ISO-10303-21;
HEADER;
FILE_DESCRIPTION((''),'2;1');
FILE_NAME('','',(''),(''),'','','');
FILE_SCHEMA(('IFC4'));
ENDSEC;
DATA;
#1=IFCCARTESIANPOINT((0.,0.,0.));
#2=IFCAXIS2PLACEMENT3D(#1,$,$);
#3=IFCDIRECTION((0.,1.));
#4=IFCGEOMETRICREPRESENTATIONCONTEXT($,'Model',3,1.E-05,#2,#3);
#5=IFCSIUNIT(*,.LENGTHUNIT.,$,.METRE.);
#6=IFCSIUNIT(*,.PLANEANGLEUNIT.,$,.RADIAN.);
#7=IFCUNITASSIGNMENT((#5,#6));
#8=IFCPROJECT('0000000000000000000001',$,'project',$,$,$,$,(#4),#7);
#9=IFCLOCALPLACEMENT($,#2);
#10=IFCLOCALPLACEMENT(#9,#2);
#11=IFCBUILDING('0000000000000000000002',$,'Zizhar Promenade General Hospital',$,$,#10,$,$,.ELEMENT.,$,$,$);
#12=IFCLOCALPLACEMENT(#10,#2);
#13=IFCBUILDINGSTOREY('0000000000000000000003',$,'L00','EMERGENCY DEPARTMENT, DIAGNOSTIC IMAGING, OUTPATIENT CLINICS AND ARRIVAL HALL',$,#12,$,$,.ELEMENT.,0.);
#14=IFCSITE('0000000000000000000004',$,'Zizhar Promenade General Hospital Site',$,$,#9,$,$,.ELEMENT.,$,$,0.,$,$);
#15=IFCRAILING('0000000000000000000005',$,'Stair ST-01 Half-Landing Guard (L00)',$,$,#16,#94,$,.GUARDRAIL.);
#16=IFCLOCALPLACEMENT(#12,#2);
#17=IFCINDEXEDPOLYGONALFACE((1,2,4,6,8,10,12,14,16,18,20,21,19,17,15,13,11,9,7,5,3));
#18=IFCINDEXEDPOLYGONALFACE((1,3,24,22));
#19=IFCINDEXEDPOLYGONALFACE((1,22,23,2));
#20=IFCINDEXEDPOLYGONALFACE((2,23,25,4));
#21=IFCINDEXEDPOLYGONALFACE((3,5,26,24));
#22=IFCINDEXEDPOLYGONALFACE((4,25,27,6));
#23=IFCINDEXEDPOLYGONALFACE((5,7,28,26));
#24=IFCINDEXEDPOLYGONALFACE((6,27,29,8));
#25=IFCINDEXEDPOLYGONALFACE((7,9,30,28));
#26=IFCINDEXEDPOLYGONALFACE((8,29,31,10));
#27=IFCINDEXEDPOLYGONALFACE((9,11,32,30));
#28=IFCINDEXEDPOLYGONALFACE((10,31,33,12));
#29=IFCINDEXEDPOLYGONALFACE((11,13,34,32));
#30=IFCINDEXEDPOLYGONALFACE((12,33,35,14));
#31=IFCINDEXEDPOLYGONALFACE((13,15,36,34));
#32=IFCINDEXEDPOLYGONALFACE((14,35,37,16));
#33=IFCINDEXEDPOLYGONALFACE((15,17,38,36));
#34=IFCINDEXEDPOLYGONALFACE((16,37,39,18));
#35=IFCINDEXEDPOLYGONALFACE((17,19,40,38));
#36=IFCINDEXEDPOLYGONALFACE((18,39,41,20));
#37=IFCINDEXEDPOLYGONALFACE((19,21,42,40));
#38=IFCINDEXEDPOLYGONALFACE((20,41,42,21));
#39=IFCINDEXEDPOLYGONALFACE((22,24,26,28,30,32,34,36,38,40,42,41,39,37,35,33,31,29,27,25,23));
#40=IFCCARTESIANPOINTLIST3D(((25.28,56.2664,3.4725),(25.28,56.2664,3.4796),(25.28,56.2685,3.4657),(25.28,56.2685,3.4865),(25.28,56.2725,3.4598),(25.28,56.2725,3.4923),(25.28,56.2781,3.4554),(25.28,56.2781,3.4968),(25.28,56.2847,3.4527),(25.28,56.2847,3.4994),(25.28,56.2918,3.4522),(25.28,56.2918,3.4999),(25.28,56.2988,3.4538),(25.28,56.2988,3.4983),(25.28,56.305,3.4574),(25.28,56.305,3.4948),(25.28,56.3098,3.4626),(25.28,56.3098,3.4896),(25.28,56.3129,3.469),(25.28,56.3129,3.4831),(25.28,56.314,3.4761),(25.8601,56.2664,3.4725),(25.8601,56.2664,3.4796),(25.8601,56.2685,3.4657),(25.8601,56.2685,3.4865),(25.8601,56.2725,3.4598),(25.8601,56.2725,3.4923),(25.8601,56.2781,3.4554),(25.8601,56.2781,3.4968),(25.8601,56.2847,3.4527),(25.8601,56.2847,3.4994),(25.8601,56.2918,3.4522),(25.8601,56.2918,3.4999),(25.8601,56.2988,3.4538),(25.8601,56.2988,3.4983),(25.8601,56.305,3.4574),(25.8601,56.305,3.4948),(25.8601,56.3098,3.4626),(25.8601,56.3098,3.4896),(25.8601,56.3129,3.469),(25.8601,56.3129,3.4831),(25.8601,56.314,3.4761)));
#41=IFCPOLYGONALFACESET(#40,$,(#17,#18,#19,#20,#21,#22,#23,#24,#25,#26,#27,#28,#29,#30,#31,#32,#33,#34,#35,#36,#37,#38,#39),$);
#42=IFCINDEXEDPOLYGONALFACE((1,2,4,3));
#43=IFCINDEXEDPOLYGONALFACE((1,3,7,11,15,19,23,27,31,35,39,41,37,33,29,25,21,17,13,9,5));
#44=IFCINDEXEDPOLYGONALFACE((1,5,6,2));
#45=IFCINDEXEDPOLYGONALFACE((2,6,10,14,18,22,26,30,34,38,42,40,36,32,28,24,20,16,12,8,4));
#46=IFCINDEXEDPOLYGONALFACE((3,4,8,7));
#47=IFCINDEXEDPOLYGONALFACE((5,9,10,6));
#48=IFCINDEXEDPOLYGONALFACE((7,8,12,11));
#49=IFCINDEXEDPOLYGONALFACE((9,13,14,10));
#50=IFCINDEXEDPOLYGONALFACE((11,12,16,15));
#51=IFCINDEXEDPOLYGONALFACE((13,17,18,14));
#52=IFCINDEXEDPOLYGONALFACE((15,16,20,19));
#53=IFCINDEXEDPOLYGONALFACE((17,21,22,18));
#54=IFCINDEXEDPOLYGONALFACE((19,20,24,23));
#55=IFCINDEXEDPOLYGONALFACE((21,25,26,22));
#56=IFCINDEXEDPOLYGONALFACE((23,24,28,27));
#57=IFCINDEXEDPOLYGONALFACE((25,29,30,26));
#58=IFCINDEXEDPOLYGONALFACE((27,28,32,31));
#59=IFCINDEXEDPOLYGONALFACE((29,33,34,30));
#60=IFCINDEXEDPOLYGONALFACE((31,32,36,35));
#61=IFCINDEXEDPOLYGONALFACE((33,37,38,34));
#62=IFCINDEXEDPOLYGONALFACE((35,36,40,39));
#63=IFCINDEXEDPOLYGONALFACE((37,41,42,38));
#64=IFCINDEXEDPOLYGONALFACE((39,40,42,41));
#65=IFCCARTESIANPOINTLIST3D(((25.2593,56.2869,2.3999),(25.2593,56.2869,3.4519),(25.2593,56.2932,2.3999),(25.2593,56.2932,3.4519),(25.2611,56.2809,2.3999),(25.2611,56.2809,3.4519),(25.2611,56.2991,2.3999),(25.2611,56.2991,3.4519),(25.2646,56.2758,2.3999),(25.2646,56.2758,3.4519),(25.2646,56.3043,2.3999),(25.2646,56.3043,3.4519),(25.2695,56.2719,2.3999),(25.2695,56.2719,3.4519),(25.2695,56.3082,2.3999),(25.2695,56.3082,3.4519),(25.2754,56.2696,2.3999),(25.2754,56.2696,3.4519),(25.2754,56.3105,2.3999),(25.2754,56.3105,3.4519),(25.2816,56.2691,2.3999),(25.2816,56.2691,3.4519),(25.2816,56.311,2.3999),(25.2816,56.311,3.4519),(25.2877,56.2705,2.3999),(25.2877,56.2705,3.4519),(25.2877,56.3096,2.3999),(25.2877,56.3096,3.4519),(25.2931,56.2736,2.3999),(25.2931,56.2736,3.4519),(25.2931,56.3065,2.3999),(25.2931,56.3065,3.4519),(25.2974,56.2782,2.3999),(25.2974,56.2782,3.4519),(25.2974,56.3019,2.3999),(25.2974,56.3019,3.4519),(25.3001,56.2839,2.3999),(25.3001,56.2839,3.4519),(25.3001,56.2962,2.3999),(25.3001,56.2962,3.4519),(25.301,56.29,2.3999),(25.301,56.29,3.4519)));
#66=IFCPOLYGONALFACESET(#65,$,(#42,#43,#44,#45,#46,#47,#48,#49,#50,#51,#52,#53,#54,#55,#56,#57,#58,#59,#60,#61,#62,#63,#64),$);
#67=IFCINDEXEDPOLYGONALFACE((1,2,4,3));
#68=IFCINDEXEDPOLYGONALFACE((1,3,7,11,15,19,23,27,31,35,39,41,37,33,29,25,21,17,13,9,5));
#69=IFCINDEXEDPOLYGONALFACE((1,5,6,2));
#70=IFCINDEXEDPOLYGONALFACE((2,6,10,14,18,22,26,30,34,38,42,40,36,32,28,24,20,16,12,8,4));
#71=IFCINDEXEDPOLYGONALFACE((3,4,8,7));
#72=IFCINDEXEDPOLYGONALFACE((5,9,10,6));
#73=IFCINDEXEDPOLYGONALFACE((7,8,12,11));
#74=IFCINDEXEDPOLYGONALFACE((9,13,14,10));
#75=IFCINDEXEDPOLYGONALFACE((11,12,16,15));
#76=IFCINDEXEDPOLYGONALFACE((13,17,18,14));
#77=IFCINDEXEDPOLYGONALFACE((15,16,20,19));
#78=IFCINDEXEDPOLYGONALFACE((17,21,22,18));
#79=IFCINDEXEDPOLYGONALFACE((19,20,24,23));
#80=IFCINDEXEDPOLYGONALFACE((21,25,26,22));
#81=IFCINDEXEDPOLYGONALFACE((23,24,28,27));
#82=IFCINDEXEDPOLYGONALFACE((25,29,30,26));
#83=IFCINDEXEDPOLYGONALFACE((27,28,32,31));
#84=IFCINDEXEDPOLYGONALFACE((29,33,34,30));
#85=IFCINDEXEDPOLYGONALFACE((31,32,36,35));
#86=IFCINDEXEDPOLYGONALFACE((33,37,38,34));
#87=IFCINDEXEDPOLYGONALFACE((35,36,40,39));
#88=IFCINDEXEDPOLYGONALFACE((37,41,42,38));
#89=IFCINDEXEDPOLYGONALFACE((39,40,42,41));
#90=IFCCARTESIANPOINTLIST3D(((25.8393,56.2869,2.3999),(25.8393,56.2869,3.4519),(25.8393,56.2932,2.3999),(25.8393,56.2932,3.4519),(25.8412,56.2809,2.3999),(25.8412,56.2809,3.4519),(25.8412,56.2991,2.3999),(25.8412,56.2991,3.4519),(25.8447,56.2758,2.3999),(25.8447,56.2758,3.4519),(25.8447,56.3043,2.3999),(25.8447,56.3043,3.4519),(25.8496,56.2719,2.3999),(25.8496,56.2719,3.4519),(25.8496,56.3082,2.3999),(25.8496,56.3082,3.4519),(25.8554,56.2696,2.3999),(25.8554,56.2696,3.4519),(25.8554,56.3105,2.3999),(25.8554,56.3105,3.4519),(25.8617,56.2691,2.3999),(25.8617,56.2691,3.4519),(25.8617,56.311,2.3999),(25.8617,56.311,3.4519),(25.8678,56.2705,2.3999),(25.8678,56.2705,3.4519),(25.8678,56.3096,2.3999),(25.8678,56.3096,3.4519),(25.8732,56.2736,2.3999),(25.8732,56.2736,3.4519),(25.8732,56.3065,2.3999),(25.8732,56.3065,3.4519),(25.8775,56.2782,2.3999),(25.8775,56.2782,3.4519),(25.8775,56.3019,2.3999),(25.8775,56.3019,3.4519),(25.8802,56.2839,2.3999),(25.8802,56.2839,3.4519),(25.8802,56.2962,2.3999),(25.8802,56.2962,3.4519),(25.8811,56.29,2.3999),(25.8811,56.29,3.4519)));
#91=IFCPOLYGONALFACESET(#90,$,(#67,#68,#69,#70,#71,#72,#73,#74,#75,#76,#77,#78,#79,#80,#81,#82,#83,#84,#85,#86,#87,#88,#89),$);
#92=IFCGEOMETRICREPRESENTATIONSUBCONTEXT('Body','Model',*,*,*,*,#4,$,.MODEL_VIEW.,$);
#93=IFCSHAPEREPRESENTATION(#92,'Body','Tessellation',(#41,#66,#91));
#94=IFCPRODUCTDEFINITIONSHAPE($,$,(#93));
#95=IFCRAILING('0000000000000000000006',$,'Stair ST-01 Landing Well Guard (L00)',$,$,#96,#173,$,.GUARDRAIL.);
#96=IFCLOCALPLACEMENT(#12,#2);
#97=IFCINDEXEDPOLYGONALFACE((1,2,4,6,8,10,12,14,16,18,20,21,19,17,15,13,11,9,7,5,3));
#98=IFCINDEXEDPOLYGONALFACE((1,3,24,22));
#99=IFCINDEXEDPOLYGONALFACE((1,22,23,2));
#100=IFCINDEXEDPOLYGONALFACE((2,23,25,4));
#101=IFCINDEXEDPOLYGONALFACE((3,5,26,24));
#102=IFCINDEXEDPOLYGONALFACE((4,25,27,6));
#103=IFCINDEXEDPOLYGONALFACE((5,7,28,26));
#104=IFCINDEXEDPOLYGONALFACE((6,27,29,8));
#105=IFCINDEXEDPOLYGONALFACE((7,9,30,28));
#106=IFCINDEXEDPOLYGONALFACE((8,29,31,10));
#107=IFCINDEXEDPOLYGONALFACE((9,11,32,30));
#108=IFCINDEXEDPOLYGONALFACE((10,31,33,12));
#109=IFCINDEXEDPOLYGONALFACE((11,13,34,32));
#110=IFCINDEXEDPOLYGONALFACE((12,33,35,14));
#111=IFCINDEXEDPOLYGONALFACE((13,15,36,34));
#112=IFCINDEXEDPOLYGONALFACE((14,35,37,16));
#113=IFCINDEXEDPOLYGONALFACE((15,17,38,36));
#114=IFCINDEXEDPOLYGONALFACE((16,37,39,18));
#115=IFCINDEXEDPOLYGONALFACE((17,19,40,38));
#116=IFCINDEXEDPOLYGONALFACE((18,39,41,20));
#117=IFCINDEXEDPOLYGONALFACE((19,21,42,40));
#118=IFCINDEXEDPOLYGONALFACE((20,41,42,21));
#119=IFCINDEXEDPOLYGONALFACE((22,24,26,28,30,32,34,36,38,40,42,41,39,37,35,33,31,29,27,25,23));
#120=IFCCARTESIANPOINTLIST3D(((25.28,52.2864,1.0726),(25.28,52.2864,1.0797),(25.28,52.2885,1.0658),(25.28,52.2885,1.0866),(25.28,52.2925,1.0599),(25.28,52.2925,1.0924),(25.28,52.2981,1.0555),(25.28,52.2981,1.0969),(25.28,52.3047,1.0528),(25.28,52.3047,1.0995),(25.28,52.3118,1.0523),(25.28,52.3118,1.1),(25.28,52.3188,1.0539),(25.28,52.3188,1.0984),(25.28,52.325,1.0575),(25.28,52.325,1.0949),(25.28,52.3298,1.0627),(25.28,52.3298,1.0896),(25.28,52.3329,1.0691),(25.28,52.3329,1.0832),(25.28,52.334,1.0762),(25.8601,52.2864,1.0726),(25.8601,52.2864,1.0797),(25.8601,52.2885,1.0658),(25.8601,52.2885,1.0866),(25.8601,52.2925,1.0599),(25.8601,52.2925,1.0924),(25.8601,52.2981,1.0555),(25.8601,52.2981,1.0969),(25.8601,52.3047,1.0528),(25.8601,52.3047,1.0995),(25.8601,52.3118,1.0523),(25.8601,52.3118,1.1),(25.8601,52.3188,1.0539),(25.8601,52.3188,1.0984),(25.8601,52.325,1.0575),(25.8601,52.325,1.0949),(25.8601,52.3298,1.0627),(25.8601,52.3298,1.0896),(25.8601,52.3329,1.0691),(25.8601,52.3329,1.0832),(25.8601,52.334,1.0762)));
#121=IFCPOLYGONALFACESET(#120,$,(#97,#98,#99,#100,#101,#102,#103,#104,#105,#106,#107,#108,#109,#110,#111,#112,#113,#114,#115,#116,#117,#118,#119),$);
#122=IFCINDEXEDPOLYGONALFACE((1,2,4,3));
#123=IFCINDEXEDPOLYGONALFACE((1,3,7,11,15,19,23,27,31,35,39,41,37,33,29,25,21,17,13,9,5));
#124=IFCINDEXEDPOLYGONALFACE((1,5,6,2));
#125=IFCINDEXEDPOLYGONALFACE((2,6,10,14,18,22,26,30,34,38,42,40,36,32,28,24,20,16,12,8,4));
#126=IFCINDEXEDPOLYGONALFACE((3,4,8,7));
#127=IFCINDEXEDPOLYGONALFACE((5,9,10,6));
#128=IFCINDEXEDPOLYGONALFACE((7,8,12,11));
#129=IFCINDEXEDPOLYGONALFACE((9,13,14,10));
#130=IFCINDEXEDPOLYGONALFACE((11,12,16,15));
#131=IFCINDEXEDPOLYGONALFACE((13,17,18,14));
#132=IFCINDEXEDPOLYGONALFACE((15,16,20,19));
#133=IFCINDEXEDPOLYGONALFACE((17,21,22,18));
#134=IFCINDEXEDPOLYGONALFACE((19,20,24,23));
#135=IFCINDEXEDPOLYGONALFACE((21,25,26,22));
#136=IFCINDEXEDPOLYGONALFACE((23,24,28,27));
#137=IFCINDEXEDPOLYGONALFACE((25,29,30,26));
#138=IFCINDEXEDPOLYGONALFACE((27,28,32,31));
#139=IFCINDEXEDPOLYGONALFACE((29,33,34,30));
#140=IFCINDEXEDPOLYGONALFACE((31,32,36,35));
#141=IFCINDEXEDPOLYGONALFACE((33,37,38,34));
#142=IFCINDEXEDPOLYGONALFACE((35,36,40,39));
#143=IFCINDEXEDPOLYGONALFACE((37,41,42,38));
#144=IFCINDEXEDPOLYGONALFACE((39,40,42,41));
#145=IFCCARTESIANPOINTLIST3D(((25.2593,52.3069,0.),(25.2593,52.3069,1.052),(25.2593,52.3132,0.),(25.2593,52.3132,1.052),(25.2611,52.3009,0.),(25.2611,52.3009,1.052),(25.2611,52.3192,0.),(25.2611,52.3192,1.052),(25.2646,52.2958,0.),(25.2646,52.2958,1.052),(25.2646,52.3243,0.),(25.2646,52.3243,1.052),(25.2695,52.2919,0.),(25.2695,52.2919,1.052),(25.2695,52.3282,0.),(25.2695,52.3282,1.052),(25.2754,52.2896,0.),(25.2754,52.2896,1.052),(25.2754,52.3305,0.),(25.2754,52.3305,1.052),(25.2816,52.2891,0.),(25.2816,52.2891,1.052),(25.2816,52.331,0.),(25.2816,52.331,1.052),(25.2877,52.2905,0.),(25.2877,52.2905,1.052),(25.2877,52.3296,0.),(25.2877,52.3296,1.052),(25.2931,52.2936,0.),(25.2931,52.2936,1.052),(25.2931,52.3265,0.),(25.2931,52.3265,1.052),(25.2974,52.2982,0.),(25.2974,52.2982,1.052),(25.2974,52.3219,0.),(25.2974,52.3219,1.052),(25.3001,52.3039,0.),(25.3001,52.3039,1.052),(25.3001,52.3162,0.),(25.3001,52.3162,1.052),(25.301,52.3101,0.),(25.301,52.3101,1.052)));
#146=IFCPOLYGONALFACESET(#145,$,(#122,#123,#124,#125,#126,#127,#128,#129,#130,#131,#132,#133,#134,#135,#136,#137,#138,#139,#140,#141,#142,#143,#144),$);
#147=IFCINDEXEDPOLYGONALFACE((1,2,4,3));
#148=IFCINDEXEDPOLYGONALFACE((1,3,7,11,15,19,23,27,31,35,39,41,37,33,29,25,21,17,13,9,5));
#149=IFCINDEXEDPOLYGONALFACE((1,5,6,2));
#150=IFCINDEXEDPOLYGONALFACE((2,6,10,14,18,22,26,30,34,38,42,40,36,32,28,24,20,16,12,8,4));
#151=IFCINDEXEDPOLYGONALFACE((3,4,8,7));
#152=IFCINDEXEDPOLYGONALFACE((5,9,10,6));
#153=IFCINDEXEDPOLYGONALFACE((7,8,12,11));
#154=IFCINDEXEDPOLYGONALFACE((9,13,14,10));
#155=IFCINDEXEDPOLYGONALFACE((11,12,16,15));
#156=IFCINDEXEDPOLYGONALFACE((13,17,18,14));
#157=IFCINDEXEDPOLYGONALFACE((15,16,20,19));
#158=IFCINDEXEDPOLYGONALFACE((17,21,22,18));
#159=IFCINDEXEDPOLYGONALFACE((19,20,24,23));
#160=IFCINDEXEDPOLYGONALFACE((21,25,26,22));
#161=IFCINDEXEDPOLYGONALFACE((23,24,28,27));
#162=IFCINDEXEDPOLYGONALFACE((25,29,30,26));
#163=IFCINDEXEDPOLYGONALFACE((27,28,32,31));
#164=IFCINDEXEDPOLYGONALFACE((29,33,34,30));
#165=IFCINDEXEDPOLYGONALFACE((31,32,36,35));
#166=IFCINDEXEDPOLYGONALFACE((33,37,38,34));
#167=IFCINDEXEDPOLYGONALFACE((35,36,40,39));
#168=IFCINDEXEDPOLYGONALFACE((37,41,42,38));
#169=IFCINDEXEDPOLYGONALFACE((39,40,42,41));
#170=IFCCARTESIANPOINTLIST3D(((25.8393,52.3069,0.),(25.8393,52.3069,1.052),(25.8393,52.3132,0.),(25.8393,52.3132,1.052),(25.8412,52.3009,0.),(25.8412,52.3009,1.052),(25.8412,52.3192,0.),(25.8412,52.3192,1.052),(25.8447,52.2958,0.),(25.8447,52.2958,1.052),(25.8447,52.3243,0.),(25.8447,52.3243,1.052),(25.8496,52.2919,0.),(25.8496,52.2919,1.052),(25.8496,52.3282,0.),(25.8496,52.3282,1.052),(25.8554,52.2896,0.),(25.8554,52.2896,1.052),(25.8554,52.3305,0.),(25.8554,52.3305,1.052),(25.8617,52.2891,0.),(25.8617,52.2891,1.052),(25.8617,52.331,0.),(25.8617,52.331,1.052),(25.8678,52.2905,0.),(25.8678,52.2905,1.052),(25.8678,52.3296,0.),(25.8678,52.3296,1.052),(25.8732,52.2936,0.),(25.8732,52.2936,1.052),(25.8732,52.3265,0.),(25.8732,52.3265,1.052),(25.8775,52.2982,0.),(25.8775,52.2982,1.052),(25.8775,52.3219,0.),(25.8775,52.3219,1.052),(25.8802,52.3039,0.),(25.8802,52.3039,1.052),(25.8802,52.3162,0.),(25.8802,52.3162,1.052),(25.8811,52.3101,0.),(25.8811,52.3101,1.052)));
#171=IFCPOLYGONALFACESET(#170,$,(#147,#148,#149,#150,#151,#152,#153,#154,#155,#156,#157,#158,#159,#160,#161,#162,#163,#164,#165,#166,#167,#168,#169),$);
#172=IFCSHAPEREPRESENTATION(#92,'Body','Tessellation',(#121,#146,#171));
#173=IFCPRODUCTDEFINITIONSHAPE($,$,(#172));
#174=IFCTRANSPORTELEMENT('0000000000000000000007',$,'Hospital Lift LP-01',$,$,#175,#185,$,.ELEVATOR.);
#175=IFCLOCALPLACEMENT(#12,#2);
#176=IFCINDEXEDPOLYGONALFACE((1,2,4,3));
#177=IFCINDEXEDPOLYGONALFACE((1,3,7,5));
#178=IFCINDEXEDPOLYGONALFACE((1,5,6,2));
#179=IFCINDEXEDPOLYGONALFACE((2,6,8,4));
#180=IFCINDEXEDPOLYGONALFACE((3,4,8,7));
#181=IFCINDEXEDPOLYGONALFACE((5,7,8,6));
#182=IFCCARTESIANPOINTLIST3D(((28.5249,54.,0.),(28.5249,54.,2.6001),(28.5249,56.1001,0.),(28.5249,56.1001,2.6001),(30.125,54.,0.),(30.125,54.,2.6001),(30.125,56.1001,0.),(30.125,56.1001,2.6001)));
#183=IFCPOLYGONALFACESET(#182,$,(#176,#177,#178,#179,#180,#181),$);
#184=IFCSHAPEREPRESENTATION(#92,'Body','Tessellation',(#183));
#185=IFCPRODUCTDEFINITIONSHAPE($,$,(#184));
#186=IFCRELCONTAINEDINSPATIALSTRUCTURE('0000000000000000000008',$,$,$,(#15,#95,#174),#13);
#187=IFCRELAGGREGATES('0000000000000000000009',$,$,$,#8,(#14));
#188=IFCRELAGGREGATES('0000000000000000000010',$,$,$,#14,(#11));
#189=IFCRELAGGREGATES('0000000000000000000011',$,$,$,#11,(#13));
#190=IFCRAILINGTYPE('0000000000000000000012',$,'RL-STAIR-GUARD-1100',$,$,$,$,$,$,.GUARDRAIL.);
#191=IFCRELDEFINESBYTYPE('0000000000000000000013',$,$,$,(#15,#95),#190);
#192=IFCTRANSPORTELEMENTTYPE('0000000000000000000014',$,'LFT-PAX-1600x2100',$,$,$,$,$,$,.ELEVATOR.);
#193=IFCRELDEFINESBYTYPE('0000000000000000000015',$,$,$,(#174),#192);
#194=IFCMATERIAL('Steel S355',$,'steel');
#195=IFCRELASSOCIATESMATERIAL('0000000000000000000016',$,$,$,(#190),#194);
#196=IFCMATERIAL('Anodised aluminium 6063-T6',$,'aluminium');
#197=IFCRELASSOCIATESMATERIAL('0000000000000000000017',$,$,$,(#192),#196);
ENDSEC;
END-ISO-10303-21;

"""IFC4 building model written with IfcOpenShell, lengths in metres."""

from ifc_helpers import new_model, si_unit, direction, frame, origin, origin_2d, place, context, subcontext, project, spatial, rectangle, circle, hollow_circle, extrude, material, material_profile, profile_set, type_object, element, save


model = new_model("IFC4")

# Units and contexts
model_context = context("Model", 3, precision=1e-05, world=origin(), true_north=direction((0.0, 1.0)))
body_context = subcontext(model_context, "Body", "Model", "MODEL_VIEW")
ifc_project = project(units=[si_unit("LENGTHUNIT", "METRE"), si_unit("PLANEANGLEUNIT", "RADIAN")], contexts=[model_context])

# Site, building, storey
site_placement = place(None, origin())
site = spatial("IfcSite", under=ifc_project, at=site_placement, Name="Zizhar Promenade General Hospital Site", CompositionType="ELEMENT", RefElevation=0.0)
building_placement = place(site_placement, origin())
building = spatial("IfcBuilding", under=site, at=building_placement, Name="Zizhar Promenade General Hospital", CompositionType="ELEMENT")
storey_placement = place(building_placement, origin())
storey = spatial("IfcBuildingStorey", under=building, at=storey_placement, Name="L00", Description="EMERGENCY DEPARTMENT, DIAGNOSTIC IMAGING, OUTPATIENT CLINICS AND ARRIVAL HALL", CompositionType="ELEMENT", Elevation=0.0)

# Railings
ifc_material_1 = material(Name="Steel S355", Category="steel")
ifc_material_profile_1 = material_profile(ifc_material_1, hollow_circle(Radius=0.0698, WallThickness=0.0063, at=origin_2d()))
ifc_profile_set_1 = profile_set([ifc_material_profile_1], Name="Steel S355")
railing_type_1 = type_object("IfcRailingType", Name="RL-STAIR-GUARD-1100", PredefinedType="GUARDRAIL", material=ifc_profile_set_1)
for number, where, name in (
    (1, (25.28, 56.29, 2.3999), "Stair ST-01 Half-Landing Guard (L00)"),
    (2, (25.28, 52.3101, 0.0), "Stair ST-01 Landing Well Guard (L00)"),
):
    element("IfcRailing", number, at=place(storey_placement, frame(where)), inside=storey, type_object=railing_type_1, Name=name, PredefinedType="GUARDRAIL", context=body_context, shape_type="SweptSolid", body=[
        extrude(circle(Radius=0.0239, at=origin_2d()), frame((0.0, 0.0, 1.0762), z_axis=(1.0, 0.0, 0.0), x_axis=(0.0, 1.0, 0.0)), (0.0, 0.0, 1.0), 0.5801),
        extrude(circle(Radius=0.021, at=origin_2d()), origin(), (0.0, 0.0, 1.0), 1.052),
        extrude(circle(Radius=0.021, at=origin_2d()), frame((0.5801, 0.0, 0.0)), (0.0, 0.0, 1.0), 1.052),
    ])

# Transport element
ifc_material_2 = material(Name="Anodised aluminium 6063-T6", Category="aluminium")
transport_element_type = type_object("IfcTransportElementType", Name="LFT-PAX-1600x2100", PredefinedType="ELEVATOR", material=ifc_material_2)
transport_element_placement = place(storey_placement, frame((29.325, 55.05, 0.0), z_axis=(0.0, 0.0, 1.0), x_axis=(1.0, 0.0, 0.0)))
element("IfcTransportElement", 3, at=transport_element_placement, inside=storey, type_object=transport_element_type, Name="Hospital Lift LP-01", PredefinedType="ELEVATOR", context=body_context, shape_type="SweptSolid", body=[
    extrude(rectangle(XDim=1.6001, YDim=2.1001, at=origin_2d()), origin(), (0.0, 0.0, 1.0), 2.6001),
])

save(model, "model.ifc")
